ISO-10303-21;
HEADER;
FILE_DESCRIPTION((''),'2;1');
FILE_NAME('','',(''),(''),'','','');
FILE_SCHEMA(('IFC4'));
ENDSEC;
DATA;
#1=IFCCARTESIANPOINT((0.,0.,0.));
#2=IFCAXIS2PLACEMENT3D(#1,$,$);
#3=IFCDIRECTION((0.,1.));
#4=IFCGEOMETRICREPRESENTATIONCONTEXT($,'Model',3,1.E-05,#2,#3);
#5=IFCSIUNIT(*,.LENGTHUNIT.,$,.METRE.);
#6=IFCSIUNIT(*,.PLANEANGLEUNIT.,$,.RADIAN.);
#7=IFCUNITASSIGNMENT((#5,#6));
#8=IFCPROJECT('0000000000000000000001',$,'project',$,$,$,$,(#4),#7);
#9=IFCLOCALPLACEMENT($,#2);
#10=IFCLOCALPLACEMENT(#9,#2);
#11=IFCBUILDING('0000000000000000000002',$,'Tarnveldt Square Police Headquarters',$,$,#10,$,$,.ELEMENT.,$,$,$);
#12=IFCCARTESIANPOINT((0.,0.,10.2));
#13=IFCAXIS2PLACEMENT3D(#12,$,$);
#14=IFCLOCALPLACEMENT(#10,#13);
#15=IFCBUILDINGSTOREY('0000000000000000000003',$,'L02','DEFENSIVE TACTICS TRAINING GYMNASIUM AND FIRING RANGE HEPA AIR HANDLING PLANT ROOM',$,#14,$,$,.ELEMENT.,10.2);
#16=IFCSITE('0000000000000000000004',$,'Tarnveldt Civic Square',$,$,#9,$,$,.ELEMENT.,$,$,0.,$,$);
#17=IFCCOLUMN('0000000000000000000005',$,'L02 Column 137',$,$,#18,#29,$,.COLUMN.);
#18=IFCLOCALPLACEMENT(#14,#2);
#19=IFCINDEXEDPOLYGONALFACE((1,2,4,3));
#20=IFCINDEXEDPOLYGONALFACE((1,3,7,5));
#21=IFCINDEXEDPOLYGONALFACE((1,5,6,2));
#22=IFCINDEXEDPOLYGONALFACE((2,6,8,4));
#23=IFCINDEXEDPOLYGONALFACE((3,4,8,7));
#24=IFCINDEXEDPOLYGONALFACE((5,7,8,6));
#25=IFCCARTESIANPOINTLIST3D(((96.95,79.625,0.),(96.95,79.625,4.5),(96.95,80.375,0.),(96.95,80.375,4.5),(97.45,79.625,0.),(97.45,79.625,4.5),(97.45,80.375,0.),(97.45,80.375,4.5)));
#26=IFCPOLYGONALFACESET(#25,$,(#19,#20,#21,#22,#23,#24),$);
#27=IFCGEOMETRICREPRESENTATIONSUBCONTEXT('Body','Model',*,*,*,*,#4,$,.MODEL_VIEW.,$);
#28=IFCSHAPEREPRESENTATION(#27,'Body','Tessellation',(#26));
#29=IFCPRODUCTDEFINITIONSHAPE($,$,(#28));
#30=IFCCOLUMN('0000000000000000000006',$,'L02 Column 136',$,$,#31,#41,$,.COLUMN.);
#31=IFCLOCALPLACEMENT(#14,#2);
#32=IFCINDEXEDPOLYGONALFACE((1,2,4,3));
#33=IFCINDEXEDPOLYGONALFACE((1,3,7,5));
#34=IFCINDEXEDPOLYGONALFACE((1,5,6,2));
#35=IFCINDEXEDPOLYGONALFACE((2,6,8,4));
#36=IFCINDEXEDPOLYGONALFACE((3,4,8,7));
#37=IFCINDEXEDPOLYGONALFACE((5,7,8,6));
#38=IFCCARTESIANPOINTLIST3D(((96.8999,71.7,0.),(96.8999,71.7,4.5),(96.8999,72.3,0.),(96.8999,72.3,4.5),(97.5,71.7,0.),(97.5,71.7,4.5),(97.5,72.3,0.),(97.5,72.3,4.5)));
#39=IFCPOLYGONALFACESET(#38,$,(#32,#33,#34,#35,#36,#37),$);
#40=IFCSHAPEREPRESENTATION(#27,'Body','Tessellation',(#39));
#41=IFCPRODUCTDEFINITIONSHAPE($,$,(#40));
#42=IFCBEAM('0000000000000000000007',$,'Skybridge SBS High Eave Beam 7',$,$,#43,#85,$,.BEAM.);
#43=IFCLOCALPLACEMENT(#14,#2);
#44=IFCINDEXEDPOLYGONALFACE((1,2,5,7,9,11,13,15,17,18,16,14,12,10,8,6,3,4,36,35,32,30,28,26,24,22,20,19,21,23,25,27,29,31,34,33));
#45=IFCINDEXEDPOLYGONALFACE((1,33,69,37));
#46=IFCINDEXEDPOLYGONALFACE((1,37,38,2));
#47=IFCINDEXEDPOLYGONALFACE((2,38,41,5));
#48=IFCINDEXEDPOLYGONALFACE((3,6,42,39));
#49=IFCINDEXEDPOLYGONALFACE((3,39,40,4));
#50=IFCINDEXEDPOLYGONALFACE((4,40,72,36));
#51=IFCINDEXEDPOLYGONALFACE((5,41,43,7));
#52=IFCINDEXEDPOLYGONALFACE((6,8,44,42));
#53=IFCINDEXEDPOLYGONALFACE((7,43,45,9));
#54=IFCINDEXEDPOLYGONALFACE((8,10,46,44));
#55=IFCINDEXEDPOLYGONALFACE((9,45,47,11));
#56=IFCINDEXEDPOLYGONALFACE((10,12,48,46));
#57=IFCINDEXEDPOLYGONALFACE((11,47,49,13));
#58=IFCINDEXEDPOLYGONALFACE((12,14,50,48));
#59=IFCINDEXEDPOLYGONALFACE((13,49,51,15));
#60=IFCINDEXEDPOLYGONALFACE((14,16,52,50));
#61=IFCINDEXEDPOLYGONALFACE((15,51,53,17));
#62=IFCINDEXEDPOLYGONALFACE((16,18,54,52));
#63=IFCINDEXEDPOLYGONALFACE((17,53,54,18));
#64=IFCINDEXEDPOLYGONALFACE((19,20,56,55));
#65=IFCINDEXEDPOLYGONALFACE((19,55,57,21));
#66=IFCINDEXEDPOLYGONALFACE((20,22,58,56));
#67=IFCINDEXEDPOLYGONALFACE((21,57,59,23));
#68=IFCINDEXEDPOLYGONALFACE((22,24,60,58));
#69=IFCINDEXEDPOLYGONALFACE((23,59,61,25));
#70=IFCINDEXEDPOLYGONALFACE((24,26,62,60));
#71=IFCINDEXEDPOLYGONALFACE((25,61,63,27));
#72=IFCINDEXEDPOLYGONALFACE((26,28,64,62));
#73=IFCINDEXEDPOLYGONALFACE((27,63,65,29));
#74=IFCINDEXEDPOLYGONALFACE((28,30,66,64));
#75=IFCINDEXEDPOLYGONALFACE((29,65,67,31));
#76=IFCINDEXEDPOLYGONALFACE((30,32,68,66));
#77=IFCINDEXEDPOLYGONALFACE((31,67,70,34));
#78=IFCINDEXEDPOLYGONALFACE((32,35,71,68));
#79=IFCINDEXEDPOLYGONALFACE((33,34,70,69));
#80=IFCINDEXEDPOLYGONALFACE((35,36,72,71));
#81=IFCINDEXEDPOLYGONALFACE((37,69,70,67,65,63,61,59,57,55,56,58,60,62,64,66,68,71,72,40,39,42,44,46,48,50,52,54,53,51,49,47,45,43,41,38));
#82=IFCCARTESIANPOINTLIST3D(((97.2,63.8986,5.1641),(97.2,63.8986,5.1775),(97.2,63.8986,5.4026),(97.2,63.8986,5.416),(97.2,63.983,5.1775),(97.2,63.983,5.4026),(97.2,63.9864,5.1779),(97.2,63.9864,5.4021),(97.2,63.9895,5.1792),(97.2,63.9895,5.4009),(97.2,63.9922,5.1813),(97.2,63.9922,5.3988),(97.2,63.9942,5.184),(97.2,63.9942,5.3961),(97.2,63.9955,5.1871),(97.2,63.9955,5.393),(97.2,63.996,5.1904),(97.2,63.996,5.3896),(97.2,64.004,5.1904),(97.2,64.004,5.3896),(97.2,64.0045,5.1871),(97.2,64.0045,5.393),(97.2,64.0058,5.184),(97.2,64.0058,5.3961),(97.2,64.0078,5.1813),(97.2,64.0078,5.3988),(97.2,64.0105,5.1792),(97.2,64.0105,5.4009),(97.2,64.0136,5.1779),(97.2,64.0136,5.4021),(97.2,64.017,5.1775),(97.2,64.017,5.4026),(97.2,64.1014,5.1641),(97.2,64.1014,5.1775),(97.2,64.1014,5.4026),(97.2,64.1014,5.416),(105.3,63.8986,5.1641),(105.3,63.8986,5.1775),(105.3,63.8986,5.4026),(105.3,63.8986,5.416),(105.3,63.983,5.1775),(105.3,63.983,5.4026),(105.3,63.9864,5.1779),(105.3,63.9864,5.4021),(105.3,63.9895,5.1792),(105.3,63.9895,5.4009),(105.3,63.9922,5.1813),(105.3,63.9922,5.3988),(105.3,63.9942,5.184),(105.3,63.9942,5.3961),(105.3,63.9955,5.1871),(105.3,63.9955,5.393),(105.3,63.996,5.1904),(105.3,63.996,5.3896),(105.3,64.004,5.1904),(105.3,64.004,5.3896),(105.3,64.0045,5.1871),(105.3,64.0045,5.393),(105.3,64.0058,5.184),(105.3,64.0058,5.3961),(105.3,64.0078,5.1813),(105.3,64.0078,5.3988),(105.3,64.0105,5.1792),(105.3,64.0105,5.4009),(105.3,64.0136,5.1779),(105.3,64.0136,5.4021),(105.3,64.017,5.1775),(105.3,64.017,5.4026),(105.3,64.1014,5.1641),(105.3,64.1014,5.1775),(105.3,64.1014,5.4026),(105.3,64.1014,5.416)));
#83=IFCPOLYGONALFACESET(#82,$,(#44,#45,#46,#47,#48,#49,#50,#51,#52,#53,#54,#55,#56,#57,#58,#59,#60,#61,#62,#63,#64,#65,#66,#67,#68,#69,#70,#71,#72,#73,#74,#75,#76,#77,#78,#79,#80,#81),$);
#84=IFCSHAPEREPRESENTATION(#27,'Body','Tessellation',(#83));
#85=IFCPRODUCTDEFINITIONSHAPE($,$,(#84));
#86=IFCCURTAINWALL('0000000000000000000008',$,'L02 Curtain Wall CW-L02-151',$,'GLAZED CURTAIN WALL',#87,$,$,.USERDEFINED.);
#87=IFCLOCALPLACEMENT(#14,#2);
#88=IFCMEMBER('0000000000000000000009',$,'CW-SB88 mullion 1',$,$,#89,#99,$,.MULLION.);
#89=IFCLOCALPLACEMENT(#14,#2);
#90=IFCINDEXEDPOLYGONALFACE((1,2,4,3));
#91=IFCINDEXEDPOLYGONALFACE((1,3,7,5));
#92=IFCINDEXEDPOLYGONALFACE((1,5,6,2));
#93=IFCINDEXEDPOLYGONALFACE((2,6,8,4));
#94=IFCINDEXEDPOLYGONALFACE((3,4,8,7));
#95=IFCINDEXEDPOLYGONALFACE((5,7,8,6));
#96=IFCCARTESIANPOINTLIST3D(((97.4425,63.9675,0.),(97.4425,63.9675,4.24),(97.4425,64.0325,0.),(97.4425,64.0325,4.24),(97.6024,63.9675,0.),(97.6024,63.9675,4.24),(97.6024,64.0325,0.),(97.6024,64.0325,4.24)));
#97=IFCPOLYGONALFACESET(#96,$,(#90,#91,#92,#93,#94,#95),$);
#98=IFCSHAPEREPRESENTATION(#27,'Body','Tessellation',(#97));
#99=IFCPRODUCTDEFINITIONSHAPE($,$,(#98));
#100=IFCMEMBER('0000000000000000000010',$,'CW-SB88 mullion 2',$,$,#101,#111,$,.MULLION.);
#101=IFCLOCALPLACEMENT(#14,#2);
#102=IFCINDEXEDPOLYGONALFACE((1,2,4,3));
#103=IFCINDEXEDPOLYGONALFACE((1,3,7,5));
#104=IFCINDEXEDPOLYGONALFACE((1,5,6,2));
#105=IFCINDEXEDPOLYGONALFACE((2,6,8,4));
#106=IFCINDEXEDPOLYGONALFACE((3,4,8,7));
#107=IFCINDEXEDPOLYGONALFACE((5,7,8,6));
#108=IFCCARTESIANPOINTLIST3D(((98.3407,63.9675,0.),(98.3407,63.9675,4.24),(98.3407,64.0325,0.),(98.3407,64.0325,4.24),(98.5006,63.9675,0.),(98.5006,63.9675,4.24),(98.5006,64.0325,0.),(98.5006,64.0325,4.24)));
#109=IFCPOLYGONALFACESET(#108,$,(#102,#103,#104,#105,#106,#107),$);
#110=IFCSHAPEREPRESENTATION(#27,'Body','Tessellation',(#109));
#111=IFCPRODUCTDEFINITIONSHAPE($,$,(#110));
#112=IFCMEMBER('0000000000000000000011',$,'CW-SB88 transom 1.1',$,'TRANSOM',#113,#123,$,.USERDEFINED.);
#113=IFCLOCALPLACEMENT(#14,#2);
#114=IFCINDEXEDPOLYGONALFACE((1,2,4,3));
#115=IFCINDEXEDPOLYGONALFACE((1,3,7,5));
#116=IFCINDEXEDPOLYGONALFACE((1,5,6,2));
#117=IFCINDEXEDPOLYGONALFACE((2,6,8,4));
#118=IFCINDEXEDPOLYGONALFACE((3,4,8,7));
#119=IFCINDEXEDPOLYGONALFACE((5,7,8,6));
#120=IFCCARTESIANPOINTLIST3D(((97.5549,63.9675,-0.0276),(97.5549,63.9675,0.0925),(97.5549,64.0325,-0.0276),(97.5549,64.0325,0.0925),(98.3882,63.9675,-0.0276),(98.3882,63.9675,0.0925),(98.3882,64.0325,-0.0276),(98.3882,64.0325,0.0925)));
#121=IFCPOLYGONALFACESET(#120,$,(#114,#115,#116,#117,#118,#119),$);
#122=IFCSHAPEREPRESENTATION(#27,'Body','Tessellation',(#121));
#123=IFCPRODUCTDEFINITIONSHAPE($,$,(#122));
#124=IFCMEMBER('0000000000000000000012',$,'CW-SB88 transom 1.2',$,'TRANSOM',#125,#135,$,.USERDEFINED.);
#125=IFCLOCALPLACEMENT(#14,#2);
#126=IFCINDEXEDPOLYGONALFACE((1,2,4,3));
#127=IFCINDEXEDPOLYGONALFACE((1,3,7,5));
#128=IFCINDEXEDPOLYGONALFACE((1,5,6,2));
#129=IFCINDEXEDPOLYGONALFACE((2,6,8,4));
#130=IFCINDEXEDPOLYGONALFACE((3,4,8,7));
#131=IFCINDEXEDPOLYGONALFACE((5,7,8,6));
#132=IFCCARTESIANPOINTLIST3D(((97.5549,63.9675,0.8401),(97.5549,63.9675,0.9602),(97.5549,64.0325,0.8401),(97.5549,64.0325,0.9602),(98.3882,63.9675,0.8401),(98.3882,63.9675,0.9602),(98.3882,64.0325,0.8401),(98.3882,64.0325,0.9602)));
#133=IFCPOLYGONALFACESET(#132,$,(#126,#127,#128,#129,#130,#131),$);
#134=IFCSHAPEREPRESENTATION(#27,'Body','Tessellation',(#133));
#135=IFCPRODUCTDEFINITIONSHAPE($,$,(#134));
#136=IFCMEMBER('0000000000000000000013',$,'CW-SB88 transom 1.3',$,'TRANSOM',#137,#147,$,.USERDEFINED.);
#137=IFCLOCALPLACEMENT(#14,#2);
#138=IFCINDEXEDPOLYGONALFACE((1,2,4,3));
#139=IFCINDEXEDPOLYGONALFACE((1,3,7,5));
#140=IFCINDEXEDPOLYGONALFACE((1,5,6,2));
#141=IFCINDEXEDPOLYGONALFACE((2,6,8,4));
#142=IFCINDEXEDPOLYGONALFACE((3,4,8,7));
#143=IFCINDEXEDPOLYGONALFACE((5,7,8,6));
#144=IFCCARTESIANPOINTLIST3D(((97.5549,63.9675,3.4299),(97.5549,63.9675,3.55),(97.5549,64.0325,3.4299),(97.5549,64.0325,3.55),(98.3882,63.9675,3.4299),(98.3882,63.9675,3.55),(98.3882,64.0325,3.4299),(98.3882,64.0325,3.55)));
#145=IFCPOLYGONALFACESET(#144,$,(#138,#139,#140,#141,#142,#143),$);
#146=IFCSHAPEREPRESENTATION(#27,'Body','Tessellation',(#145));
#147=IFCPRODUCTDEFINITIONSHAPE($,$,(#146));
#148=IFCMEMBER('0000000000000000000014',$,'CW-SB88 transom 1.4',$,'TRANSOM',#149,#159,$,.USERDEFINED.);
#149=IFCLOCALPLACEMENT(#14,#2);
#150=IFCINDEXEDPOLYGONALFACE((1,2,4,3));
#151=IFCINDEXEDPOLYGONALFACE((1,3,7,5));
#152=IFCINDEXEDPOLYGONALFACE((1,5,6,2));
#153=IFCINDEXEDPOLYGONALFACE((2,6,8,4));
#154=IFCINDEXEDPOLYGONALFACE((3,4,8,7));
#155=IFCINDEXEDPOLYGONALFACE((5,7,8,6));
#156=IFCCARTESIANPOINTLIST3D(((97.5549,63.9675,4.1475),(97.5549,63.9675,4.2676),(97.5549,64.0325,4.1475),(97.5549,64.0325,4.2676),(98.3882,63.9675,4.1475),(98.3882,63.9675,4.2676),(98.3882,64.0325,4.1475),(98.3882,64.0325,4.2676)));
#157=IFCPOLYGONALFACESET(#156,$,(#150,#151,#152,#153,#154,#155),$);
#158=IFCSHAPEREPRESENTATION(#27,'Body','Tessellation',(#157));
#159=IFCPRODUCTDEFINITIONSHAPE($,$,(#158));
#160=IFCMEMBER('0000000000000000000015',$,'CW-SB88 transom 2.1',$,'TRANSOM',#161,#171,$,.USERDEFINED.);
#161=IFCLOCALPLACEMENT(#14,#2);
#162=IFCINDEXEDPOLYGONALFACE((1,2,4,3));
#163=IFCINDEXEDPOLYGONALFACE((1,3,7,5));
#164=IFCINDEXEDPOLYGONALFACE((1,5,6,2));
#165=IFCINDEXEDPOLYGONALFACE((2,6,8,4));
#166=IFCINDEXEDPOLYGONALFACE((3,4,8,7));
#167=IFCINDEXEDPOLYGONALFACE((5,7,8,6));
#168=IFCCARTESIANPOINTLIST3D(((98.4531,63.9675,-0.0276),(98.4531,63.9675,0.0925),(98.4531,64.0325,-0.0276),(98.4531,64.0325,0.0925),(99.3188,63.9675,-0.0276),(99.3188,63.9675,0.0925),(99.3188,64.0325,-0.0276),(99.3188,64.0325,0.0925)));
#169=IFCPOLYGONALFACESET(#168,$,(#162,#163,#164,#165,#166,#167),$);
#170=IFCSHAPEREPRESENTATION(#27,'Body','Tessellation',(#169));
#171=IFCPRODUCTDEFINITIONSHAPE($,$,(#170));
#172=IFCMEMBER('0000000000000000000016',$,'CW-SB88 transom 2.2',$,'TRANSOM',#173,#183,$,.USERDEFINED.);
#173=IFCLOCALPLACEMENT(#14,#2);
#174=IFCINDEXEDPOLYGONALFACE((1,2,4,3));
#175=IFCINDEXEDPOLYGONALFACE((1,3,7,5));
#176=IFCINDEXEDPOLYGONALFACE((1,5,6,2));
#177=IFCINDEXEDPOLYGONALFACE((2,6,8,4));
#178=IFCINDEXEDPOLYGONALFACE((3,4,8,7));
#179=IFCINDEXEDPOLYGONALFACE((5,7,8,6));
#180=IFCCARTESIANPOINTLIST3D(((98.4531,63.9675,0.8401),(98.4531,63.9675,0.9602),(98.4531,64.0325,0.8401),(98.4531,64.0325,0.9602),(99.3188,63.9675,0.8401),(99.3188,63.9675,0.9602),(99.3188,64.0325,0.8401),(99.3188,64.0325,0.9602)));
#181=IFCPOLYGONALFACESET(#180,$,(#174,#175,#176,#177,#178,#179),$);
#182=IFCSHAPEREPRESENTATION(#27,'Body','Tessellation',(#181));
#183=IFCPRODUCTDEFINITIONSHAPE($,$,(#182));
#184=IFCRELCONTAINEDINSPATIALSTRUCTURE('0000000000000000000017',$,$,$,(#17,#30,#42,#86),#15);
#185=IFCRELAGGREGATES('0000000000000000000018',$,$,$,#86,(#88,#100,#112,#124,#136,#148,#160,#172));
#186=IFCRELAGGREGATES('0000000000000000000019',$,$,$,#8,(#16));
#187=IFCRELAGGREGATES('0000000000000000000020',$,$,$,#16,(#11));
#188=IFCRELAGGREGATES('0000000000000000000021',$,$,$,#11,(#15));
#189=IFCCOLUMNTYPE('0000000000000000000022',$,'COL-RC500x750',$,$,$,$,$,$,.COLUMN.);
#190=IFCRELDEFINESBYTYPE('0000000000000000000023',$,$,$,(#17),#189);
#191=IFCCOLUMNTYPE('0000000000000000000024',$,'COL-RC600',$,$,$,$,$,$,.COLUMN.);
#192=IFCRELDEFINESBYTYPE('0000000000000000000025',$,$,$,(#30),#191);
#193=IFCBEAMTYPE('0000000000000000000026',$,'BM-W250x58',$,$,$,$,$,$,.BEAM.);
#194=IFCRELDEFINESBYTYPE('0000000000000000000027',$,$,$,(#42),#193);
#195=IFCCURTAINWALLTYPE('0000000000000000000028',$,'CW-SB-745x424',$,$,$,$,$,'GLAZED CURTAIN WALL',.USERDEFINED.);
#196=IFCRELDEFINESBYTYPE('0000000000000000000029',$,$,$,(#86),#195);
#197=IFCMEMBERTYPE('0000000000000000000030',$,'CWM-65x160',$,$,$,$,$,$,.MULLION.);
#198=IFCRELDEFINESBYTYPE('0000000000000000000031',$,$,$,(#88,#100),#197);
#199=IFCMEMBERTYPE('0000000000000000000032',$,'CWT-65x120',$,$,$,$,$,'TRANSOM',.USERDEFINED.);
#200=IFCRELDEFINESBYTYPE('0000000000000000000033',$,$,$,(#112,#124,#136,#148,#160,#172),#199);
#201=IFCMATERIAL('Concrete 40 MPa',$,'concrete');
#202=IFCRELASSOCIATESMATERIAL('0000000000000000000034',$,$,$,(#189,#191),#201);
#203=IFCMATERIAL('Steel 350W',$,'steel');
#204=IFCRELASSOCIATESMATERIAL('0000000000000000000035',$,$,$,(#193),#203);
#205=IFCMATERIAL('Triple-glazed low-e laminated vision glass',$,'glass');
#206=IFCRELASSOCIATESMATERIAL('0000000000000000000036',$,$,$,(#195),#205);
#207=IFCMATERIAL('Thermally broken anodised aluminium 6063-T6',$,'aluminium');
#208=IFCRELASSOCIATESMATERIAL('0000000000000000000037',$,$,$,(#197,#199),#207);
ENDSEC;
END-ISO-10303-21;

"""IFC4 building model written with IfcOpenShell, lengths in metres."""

from ifc_helpers import new_model, si_unit, direction, frame, origin, origin_2d, place, context, subcontext, project, spatial, rectangle, i_section, extrude, material, material_profile, profile_set, type_object, element, aggregate, save


model = new_model("IFC4")

# Units and contexts
model_context = context("Model", 3, precision=1e-05, world=origin(), true_north=direction((0.0, 1.0)))
body_context = subcontext(model_context, "Body", "Model", "MODEL_VIEW")
ifc_project = project(units=[si_unit("LENGTHUNIT", "METRE"), si_unit("PLANEANGLEUNIT", "RADIAN")], contexts=[model_context])

# Site, building, storey
site_placement = place(None, origin())
site = spatial("IfcSite", under=ifc_project, at=site_placement, Name="Tarnveldt Civic Square", CompositionType="ELEMENT", RefElevation=0.0)
building_placement = place(site_placement, origin())
building = spatial("IfcBuilding", under=site, at=building_placement, Name="Tarnveldt Square Police Headquarters", CompositionType="ELEMENT")
storey_placement = place(building_placement, frame((0.0, 0.0, 10.2)))
storey = spatial("IfcBuildingStorey", under=building, at=storey_placement, Name="L02", Description="DEFENSIVE TACTICS TRAINING GYMNASIUM AND FIRING RANGE HEPA AIR HANDLING PLANT ROOM", CompositionType="ELEMENT", Elevation=10.2)

# Columns
ifc_material_1 = material(Name="Concrete 40 MPa", Category="concrete")
ifc_material_profile_1 = material_profile(ifc_material_1, rectangle(XDim=0.5, YDim=0.75, at=origin_2d()), Name="RC-C500x750")
ifc_profile_set_1 = profile_set([ifc_material_profile_1], Name="Concrete 40 MPa")
column_type_1 = type_object("IfcColumnType", Name="COL-RC500x750", PredefinedType="COLUMN", material=ifc_profile_set_1)
column_1_placement = place(storey_placement, frame((97.2, 80.0, 0.0), z_axis=(0.0, 0.0, 1.0), x_axis=(1.0, 0.0, 0.0)))
element("IfcColumn", 1, at=column_1_placement, inside=storey, type_object=column_type_1, Name="L02 Column 137", PredefinedType="COLUMN", context=body_context, shape_type="SweptSolid", body=[
    extrude(rectangle(XDim=0.5, YDim=0.75, at=origin_2d()), origin(), (0.0, 0.0, 1.0), 4.5),
])
ifc_material_profile_2 = material_profile(ifc_material_1, rectangle(XDim=0.6001, YDim=0.6001, at=origin_2d()), Name="RC-C600x600")
ifc_profile_set_2 = profile_set([ifc_material_profile_2], Name="Concrete 40 MPa")
column_type_2 = type_object("IfcColumnType", Name="COL-RC600", PredefinedType="COLUMN", material=ifc_profile_set_2)
column_2_placement = place(storey_placement, frame((97.2, 72.0, 0.0), z_axis=(0.0, 0.0, 1.0), x_axis=(1.0, 0.0, 0.0)))
element("IfcColumn", 2, at=column_2_placement, inside=storey, type_object=column_type_2, Name="L02 Column 136", PredefinedType="COLUMN", context=body_context, shape_type="SweptSolid", body=[
    extrude(rectangle(XDim=0.6001, YDim=0.6001, at=origin_2d()), origin(), (0.0, 0.0, 1.0), 4.5),
])

# Beam
ifc_material_2 = material(Name="Steel 350W", Category="steel")
ifc_material_profile_3 = material_profile(ifc_material_2, i_section(OverallWidth=0.2029, OverallDepth=0.252, WebThickness=0.0081, FlangeThickness=0.0134, FilletRadius=0.0129, at=origin_2d()), Name="W250x58")
ifc_profile_set_3 = profile_set([ifc_material_profile_3], Name="Steel 350W")
beam_type = type_object("IfcBeamType", Name="BM-W250x58", PredefinedType="BEAM", material=ifc_profile_set_3)
beam_placement = place(storey_placement, frame((97.2, 64.0, 5.29), z_axis=(1.0, 0.0, 0.0), x_axis=(0.0, 1.0, 0.0)))
element("IfcBeam", 3, at=beam_placement, inside=storey, type_object=beam_type, Name="Skybridge SBS High Eave Beam 7", PredefinedType="BEAM", context=body_context, shape_type="SweptSolid", body=[
    extrude(i_section(OverallWidth=0.2029, OverallDepth=0.252, WebThickness=0.0081, FlangeThickness=0.0134, FilletRadius=0.0129, at=origin_2d()), origin(), (0.0, 0.0, 1.0), 8.1001),
])

# Curtain wall, members
ifc_material_3 = material(Name="Triple-glazed low-e laminated vision glass", Category="glass")
curtain_wall_type = type_object("IfcCurtainWallType", Name="CW-SB-745x424", ElementType="GLAZED CURTAIN WALL", PredefinedType="USERDEFINED", material=ifc_material_3)
curtain_wall_placement = place(storey_placement, origin())
curtain_wall = element("IfcCurtainWall", 4, at=curtain_wall_placement, inside=storey, type_object=curtain_wall_type, Name="L02 Curtain Wall CW-L02-151", ObjectType="GLAZED CURTAIN WALL", PredefinedType="USERDEFINED")
ifc_material_4 = material(Name="Thermally broken anodised aluminium 6063-T6", Category="aluminium")
ifc_material_profile_4 = material_profile(ifc_material_4, rectangle(XDim=0.0649, YDim=0.1599, at=origin_2d()), Name="CW-M65x160")
ifc_profile_set_4 = profile_set([ifc_material_profile_4], Name="Thermally broken anodised aluminium 6063-T6")
member_type_1 = type_object("IfcMemberType", Name="CWM-65x160", PredefinedType="MULLION", material=ifc_profile_set_4)
member_1_placement = place(storey_placement, frame((97.5225, 64.0, 0.0), z_axis=(0.0, 0.0, 1.0), x_axis=(0.0, 1.0, 0.0)))
member_1 = element("IfcMember", 5, at=member_1_placement, type_object=member_type_1, Name="CW-SB88 mullion 1", PredefinedType="MULLION", context=body_context, shape_type="SweptSolid", body=[
    extrude(rectangle(XDim=0.0649, YDim=0.1599, at=origin_2d()), origin(), (0.0, 0.0, 1.0), 4.24),
])
member_2_placement = place(storey_placement, frame((98.4207, 64.0, 0.0), z_axis=(0.0, 0.0, 1.0), x_axis=(0.0, 1.0, 0.0)))
member_2 = element("IfcMember", 6, at=member_2_placement, type_object=member_type_1, Name="CW-SB88 mullion 2", PredefinedType="MULLION", context=body_context, shape_type="SweptSolid", body=[
    extrude(rectangle(XDim=0.0649, YDim=0.1599, at=origin_2d()), origin(), (0.0, 0.0, 1.0), 4.24),
])
ifc_material_profile_5 = material_profile(ifc_material_4, rectangle(XDim=0.0649, YDim=0.1201, at=origin_2d()), Name="CW-T65x120")
ifc_profile_set_5 = profile_set([ifc_material_profile_5], Name="Thermally broken anodised aluminium 6063-T6")
member_type_2 = type_object("IfcMemberType", Name="CWT-65x120", ElementType="TRANSOM", PredefinedType="USERDEFINED", material=ifc_profile_set_5)
member_3_placement = place(storey_placement, frame((97.5549, 64.0, 0.0325), z_axis=(1.0, 0.0, 0.0), x_axis=(0.0, 1.0, 0.0)))
member_3 = element("IfcMember", 7, at=member_3_placement, type_object=member_type_2, Name="CW-SB88 transom 1.1", ObjectType="TRANSOM", PredefinedType="USERDEFINED", context=body_context, shape_type="SweptSolid", body=[
    extrude(rectangle(XDim=0.0649, YDim=0.1201, at=origin_2d()), origin(), (0.0, 0.0, 1.0), 0.8333),
])
member_4_placement = place(storey_placement, frame((97.5549, 64.0, 0.9001), z_axis=(1.0, 0.0, 0.0), x_axis=(0.0, 1.0, 0.0)))
member_4 = element("IfcMember", 8, at=member_4_placement, type_object=member_type_2, Name="CW-SB88 transom 1.2", ObjectType="TRANSOM", PredefinedType="USERDEFINED", context=body_context, shape_type="SweptSolid", body=[
    extrude(rectangle(XDim=0.0649, YDim=0.1201, at=origin_2d()), origin(), (0.0, 0.0, 1.0), 0.8333),
])
member_5_placement = place(storey_placement, frame((97.5549, 64.0, 3.49), z_axis=(1.0, 0.0, 0.0), x_axis=(0.0, 1.0, 0.0)))
member_5 = element("IfcMember", 9, at=member_5_placement, type_object=member_type_2, Name="CW-SB88 transom 1.3", ObjectType="TRANSOM", PredefinedType="USERDEFINED", context=body_context, shape_type="SweptSolid", body=[
    extrude(rectangle(XDim=0.0649, YDim=0.1201, at=origin_2d()), origin(), (0.0, 0.0, 1.0), 0.8333),
])
member_6_placement = place(storey_placement, frame((97.5549, 64.0, 4.2075), z_axis=(1.0, 0.0, 0.0), x_axis=(0.0, 1.0, 0.0)))
member_6 = element("IfcMember", 10, at=member_6_placement, type_object=member_type_2, Name="CW-SB88 transom 1.4", ObjectType="TRANSOM", PredefinedType="USERDEFINED", context=body_context, shape_type="SweptSolid", body=[
    extrude(rectangle(XDim=0.0649, YDim=0.1201, at=origin_2d()), origin(), (0.0, 0.0, 1.0), 0.8333),
])
member_7_placement = place(storey_placement, frame((98.4531, 64.0, 0.0325), z_axis=(1.0, 0.0, 0.0), x_axis=(0.0, 1.0, 0.0)))
member_7 = element("IfcMember", 11, at=member_7_placement, type_object=member_type_2, Name="CW-SB88 transom 2.1", ObjectType="TRANSOM", PredefinedType="USERDEFINED", context=body_context, shape_type="SweptSolid", body=[
    extrude(rectangle(XDim=0.0649, YDim=0.1201, at=origin_2d()), origin(), (0.0, 0.0, 1.0), 0.8657),
])
member_8_placement = place(storey_placement, frame((98.4531, 64.0, 0.9001), z_axis=(1.0, 0.0, 0.0), x_axis=(0.0, 1.0, 0.0)))
member_8 = element("IfcMember", 12, at=member_8_placement, type_object=member_type_2, Name="CW-SB88 transom 2.2", ObjectType="TRANSOM", PredefinedType="USERDEFINED", context=body_context, shape_type="SweptSolid", body=[
    extrude(rectangle(XDim=0.0649, YDim=0.1201, at=origin_2d()), origin(), (0.0, 0.0, 1.0), 0.8657),
])

aggregate(curtain_wall, [member_1, member_2, member_3, member_4, member_5, member_6, member_7, member_8])

save(model, "model.ifc")
